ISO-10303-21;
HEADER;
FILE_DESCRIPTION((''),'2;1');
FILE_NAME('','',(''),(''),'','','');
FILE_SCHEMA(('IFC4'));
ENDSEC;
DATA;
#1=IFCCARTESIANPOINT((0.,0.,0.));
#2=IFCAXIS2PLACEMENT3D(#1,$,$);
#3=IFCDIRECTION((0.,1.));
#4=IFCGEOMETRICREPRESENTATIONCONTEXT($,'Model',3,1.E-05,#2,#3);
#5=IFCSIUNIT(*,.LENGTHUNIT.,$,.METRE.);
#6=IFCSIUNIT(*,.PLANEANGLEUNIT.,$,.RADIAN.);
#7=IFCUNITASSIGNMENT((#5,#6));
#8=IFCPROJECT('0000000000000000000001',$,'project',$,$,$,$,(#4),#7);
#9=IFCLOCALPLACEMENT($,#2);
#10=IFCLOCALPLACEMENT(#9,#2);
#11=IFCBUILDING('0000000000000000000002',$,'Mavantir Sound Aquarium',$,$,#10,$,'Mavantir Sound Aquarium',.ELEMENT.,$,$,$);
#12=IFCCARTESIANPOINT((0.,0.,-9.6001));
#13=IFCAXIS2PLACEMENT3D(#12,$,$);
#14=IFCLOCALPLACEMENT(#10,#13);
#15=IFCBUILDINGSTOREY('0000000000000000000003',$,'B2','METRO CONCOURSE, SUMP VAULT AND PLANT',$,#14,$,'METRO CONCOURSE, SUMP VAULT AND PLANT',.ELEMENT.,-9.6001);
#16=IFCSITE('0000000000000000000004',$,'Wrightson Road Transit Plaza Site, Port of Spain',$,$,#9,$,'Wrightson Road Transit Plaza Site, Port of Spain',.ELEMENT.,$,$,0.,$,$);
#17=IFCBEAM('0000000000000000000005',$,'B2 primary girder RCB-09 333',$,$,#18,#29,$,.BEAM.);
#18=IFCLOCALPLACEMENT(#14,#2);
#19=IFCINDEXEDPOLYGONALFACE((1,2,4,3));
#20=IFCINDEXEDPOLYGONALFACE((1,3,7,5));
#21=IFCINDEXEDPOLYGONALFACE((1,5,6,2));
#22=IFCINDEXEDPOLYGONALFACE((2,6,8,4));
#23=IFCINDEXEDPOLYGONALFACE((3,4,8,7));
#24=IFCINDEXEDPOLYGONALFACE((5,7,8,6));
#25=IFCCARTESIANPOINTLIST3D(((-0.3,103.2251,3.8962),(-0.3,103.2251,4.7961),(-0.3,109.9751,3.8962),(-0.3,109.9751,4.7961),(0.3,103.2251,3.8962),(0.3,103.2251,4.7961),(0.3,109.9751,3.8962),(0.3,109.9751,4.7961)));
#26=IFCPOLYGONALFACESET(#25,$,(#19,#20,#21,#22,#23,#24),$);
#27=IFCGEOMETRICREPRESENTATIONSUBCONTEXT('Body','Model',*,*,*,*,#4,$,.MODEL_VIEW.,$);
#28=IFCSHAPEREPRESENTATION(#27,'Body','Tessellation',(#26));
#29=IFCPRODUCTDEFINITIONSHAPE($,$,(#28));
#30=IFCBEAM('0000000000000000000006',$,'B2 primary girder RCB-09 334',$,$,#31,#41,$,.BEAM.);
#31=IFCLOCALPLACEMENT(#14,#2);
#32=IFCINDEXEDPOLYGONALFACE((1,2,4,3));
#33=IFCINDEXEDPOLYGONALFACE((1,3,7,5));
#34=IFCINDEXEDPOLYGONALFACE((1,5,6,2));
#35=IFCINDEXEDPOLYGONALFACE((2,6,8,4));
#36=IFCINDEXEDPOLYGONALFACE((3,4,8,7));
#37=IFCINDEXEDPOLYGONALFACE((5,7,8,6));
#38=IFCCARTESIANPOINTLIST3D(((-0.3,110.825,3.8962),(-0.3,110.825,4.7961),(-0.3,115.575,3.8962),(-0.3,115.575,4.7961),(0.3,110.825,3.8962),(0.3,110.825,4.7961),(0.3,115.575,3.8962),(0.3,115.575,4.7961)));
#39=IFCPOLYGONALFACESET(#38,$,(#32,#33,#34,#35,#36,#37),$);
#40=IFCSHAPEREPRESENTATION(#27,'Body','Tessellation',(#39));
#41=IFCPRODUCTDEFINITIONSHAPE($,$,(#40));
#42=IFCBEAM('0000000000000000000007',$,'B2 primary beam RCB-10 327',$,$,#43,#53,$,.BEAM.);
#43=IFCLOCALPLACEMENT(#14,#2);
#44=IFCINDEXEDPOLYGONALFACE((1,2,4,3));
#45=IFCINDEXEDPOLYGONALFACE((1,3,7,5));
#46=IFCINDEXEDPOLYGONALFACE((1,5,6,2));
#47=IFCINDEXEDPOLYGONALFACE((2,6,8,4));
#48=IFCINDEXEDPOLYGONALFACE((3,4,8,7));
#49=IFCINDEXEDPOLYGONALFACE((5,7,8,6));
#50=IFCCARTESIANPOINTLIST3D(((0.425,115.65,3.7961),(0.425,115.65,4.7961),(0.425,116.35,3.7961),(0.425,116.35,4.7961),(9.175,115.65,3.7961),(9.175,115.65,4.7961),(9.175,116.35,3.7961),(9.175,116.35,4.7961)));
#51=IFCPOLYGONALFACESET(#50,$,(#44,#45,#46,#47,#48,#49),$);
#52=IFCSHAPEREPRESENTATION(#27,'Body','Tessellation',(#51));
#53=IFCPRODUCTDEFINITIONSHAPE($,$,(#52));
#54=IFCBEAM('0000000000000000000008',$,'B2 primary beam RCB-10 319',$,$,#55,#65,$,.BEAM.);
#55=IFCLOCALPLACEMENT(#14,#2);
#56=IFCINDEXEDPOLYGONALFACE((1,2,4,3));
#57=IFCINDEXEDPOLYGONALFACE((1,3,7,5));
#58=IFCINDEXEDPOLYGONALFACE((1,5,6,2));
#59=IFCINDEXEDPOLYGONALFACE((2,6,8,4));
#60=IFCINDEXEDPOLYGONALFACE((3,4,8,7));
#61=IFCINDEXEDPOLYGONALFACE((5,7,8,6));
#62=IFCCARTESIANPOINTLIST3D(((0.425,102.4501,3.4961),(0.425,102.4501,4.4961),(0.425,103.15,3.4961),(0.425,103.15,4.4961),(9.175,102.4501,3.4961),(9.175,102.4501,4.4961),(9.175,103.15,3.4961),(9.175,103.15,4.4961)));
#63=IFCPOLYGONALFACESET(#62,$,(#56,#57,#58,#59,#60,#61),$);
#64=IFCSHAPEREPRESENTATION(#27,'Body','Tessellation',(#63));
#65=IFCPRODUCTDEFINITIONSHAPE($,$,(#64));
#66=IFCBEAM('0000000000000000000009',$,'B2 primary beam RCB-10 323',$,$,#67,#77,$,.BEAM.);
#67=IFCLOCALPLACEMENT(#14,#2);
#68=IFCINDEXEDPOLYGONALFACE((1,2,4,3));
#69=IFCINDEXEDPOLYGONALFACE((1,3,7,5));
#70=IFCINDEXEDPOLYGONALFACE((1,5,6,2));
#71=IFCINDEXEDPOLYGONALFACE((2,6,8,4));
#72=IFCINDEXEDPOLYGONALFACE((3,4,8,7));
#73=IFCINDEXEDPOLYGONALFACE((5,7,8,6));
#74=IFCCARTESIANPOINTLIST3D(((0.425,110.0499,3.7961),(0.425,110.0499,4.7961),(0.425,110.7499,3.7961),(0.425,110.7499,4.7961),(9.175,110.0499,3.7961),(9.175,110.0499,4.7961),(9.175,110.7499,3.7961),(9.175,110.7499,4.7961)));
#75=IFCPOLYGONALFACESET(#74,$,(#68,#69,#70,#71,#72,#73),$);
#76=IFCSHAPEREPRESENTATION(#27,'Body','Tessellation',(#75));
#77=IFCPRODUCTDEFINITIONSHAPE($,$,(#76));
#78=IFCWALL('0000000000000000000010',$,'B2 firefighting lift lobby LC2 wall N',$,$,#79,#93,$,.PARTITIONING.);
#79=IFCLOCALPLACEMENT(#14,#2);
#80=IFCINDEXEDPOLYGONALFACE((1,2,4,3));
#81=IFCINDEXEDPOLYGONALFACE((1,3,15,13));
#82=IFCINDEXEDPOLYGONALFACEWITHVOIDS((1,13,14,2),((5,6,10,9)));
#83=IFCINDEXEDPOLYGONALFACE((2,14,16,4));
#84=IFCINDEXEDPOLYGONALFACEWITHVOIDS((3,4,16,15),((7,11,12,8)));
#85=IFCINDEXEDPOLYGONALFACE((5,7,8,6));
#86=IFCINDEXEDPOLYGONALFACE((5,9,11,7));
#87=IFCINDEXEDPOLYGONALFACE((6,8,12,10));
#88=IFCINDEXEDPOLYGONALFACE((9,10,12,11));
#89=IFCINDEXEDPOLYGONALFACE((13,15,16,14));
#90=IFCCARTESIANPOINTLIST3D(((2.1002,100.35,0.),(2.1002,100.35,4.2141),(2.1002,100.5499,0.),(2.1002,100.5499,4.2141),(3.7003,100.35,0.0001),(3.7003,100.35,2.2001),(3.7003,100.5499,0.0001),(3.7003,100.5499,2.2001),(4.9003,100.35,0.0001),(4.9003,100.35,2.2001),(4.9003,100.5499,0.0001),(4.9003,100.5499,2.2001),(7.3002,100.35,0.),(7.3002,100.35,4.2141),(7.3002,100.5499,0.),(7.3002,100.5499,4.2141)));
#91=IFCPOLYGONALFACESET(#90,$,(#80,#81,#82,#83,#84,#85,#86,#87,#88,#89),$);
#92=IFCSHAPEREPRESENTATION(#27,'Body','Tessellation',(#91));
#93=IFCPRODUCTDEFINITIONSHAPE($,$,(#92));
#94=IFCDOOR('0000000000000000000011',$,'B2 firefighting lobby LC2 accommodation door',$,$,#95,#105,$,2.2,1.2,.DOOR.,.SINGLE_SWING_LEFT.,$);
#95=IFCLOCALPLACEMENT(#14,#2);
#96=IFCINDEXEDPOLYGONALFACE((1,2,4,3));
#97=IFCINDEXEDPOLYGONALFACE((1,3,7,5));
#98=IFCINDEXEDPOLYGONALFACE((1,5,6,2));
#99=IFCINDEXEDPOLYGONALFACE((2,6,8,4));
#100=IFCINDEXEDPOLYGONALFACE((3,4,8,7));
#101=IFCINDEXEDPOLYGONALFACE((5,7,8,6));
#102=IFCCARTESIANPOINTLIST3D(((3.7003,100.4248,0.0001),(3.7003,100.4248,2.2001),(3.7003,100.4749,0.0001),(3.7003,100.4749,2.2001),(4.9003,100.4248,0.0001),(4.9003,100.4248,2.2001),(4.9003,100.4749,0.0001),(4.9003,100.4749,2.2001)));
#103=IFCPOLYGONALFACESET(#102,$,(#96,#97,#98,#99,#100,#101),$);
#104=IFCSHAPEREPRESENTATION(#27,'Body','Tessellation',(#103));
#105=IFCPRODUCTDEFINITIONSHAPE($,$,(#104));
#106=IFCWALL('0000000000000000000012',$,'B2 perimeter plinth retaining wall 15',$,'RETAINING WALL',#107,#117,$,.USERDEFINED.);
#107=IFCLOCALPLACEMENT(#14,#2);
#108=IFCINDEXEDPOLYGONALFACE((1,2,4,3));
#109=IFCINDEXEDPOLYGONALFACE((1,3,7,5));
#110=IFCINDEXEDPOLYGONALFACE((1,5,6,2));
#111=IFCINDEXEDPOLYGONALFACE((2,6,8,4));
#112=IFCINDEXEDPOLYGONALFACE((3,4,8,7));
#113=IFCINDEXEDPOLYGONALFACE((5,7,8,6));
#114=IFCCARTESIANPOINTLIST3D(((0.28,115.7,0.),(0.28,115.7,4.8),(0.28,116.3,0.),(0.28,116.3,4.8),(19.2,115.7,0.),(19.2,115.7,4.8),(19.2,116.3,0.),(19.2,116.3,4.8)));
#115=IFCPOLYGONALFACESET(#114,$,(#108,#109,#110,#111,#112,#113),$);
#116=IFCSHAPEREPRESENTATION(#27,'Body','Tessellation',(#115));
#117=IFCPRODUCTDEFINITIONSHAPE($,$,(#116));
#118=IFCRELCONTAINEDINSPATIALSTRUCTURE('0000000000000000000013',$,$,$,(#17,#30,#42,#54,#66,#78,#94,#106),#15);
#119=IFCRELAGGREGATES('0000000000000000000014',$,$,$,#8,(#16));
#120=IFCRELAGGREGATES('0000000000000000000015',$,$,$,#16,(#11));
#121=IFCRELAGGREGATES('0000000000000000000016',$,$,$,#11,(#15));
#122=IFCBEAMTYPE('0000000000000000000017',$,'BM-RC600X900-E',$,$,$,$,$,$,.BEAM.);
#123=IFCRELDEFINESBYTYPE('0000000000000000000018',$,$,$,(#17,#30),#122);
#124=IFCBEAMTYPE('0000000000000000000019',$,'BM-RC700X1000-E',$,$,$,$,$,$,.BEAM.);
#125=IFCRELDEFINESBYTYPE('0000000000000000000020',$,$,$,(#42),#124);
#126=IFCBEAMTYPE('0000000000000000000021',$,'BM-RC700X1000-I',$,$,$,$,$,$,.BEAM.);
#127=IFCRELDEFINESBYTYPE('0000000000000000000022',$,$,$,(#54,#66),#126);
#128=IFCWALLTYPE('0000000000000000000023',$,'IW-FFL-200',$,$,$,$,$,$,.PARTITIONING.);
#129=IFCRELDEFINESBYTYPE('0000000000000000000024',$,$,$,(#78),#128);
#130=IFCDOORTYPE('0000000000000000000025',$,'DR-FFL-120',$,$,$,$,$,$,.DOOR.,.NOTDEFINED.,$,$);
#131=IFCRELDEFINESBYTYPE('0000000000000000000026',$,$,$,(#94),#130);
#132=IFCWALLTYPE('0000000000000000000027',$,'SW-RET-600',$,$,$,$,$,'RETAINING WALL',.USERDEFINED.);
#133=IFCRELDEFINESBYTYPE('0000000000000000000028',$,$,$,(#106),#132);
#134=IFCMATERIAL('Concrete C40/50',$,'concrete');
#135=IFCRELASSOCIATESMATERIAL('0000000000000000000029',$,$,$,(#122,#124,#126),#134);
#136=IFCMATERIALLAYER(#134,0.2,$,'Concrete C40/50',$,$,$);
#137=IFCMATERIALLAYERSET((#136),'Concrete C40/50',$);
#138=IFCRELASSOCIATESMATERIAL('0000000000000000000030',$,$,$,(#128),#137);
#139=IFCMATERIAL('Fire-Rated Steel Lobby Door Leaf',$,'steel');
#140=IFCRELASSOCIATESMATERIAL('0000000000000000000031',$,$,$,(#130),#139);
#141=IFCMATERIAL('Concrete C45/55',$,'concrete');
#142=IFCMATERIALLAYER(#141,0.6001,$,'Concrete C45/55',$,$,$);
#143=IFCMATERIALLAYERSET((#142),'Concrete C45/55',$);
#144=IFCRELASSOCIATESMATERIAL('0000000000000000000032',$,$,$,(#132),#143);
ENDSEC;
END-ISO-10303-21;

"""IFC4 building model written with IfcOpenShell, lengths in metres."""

from ifc_helpers import new_model, si_unit, direction, frame, frame_2d, origin, origin_2d, place, context, subcontext, project, spatial, rectangle, extrude, material, layer, layer_set, material_profile, profile_set, type_object, element, fill, save


model = new_model("IFC4")

# Units and contexts
model_context = context("Model", 3, precision=1e-05, world=origin(), true_north=direction((0.0, 1.0)))
body_context = subcontext(model_context, "Body", "Model", "MODEL_VIEW")
ifc_project = project(units=[si_unit("LENGTHUNIT", "METRE"), si_unit("PLANEANGLEUNIT", "RADIAN")], contexts=[model_context])

# Site, building, storey
site_placement = place(None, origin())
site = spatial("IfcSite", under=ifc_project, at=site_placement, Name="Wrightson Road Transit Plaza Site, Port of Spain", LongName="Wrightson Road Transit Plaza Site, Port of Spain", CompositionType="ELEMENT", RefElevation=0.0)
building_placement = place(site_placement, origin())
building = spatial("IfcBuilding", under=site, at=building_placement, Name="Mavantir Sound Aquarium", LongName="Mavantir Sound Aquarium", CompositionType="ELEMENT")
storey_placement = place(building_placement, frame((0.0, 0.0, -9.6001)))
storey = spatial("IfcBuildingStorey", under=building, at=storey_placement, Name="B2", Description="METRO CONCOURSE, SUMP VAULT AND PLANT", LongName="METRO CONCOURSE, SUMP VAULT AND PLANT", CompositionType="ELEMENT", Elevation=-9.6001)

# Shared definitions
ifc_material_1 = material(Name="Concrete C40/50", Category="concrete")

# Beams
ifc_material_profile_1 = material_profile(ifc_material_1, rectangle(XDim=0.6001, YDim=0.8999, at=origin_2d()), Name="RC 600X900")
ifc_profile_set_1 = profile_set([ifc_material_profile_1], Name="Concrete C40/50")
beam_type_1 = type_object("IfcBeamType", Name="BM-RC600X900-E", PredefinedType="BEAM", material=ifc_profile_set_1)
beam_1_placement = place(storey_placement, frame((0.0, 103.2251, 4.3462), z_axis=(0.0, 1.0, 0.0), x_axis=(-1.0, 0.0, 0.0)))
element("IfcBeam", 1, at=beam_1_placement, inside=storey, type_object=beam_type_1, Name="B2 primary girder RCB-09 333", PredefinedType="BEAM", context=body_context, shape_type="SweptSolid", body=[
    extrude(rectangle(XDim=0.6001, YDim=0.8999, at=origin_2d()), origin(), (0.0, 0.0, 1.0), 6.75),
])
beam_2_placement = place(storey_placement, frame((0.0, 110.825, 4.3462), z_axis=(0.0, 1.0, 0.0), x_axis=(-1.0, 0.0, 0.0)))
element("IfcBeam", 2, at=beam_2_placement, inside=storey, type_object=beam_type_1, Name="B2 primary girder RCB-09 334", PredefinedType="BEAM", context=body_context, shape_type="SweptSolid", body=[
    extrude(rectangle(XDim=0.6001, YDim=0.8999, at=origin_2d()), origin(), (0.0, 0.0, 1.0), 4.75),
])
ifc_material_profile_2 = material_profile(ifc_material_1, rectangle(XDim=0.7, YDim=1.0, at=origin_2d()), Name="RC 700X1000")
ifc_profile_set_2 = profile_set([ifc_material_profile_2], Name="Concrete C40/50")
beam_type_2 = type_object("IfcBeamType", Name="BM-RC700X1000-E", PredefinedType="BEAM", material=ifc_profile_set_2)
beam_3_placement = place(storey_placement, frame((0.425, 116.0, 4.2961), z_axis=(1.0, 0.0, 0.0), x_axis=(0.0, 1.0, 0.0)))
element("IfcBeam", 3, at=beam_3_placement, inside=storey, type_object=beam_type_2, Name="B2 primary beam RCB-10 327", PredefinedType="BEAM", context=body_context, shape_type="SweptSolid", body=[
    extrude(rectangle(XDim=0.7, YDim=1.0, at=origin_2d()), origin(), (0.0, 0.0, 1.0), 8.75),
])
ifc_material_profile_3 = material_profile(ifc_material_1, rectangle(XDim=0.7, YDim=1.0, at=origin_2d()), Name="RC 700X1000")
ifc_profile_set_3 = profile_set([ifc_material_profile_3], Name="Concrete C40/50")
beam_type_3 = type_object("IfcBeamType", Name="BM-RC700X1000-I", PredefinedType="BEAM", material=ifc_profile_set_3)
for number, where, z_axis, x_axis, name in (
    (4, (0.425, 102.8, 3.9961), (1.0, 0.0, 0.0), (0.0, 1.0, 0.0), "B2 primary beam RCB-10 319"),
    (5, (0.425, 110.3999, 4.2961), (1.0, 0.0, 0.0), (0.0, 1.0, 0.0), "B2 primary beam RCB-10 323"),
):
    element("IfcBeam", number, at=place(storey_placement, frame(where, z_axis=z_axis, x_axis=x_axis)), inside=storey, type_object=beam_type_3, Name=name, PredefinedType="BEAM", context=body_context, shape_type="SweptSolid", body=[
        extrude(rectangle(XDim=0.7, YDim=1.0, at=origin_2d()), origin(), (0.0, 0.0, 1.0), 8.75),
    ])

# Wall, opening, door
ifc_layer_1 = layer(ifc_material_1, 0.2, Name="Concrete C40/50")
ifc_layer_set_1 = layer_set([ifc_layer_1], Name="Concrete C40/50")
wall_type_1 = type_object("IfcWallType", Name="IW-FFL-200", PredefinedType="PARTITIONING", material=ifc_layer_set_1)
wall_1_placement = place(storey_placement, frame((2.1001, 100.45, 0.0), z_axis=(0.0, 0.0, 1.0), x_axis=(1.0, 0.0, 0.0)))
wall_1 = element("IfcWall", 6, at=wall_1_placement, inside=storey, type_object=wall_type_1, Name="B2 firefighting lift lobby LC2 wall N", PredefinedType="PARTITIONING", context=body_context, shape_type="SweptSolid", body=[
    extrude(rectangle(XDim=5.2, YDim=0.2, at=frame_2d((2.6001, 0.0))), origin(), (0.0, 0.0, 1.0), 4.2141),
])
opening_placement = place(wall_1_placement, frame((1.6001, 0.0, 0.0)))
opening = element("IfcOpeningElement", 7, at=opening_placement, cuts=wall_1, PredefinedType="OPENING", context=body_context, shape_type="SweptSolid", body=[
    extrude(rectangle(XDim=1.2, YDim=2.2, at=frame_2d((0.6001, 1.1001))), frame((0.0, 0.1099, 0.0), z_axis=(0.0, -1.0, 0.0), x_axis=(1.0, 0.0, 0.0)), (0.0, 0.0, 1.0), 0.22),
])
ifc_material_2 = material(Name="Fire-Rated Steel Lobby Door Leaf", Category="steel")
door_type = type_object("IfcDoorType", Name="DR-FFL-120", OperationType="NOTDEFINED", PredefinedType="DOOR", material=ifc_material_2)
door_placement = place(opening_placement, origin())
door = element("IfcDoor", 8, at=door_placement, inside=storey, type_object=door_type, Name="B2 firefighting lobby LC2 accommodation door", OperationType="SINGLE_SWING_LEFT", OverallHeight=2.2, OverallWidth=1.2, PredefinedType="DOOR", context=body_context, shape_type="SweptSolid", body=[
    extrude(rectangle(XDim=1.2, YDim=2.2, at=frame_2d((0.6001, 1.1001))), frame((0.0, 0.0249, 0.0), z_axis=(0.0, -1.0, 0.0), x_axis=(1.0, 0.0, 0.0)), (0.0, 0.0, 1.0), 0.05),
])
fill(opening, door)

# Wall
ifc_material_3 = material(Name="Concrete C45/55", Category="concrete")
ifc_layer_2 = layer(ifc_material_3, 0.6001, Name="Concrete C45/55")
ifc_layer_set_2 = layer_set([ifc_layer_2], Name="Concrete C45/55")
wall_type_2 = type_object("IfcWallType", Name="SW-RET-600", ElementType="RETAINING WALL", PredefinedType="USERDEFINED", material=ifc_layer_set_2)
wall_2_placement = place(storey_placement, frame((0.28, 116.0, 0.0), z_axis=(0.0, 0.0, 1.0), x_axis=(1.0, 0.0, 0.0)))
element("IfcWall", 9, at=wall_2_placement, inside=storey, type_object=wall_type_2, Name="B2 perimeter plinth retaining wall 15", ObjectType="RETAINING WALL", PredefinedType="USERDEFINED", context=body_context, shape_type="SweptSolid", body=[
    extrude(rectangle(XDim=18.9199, YDim=0.6001, at=frame_2d((9.46, 0.0))), origin(), (0.0, 0.0, 1.0), 4.8),
])

save(model, "model.ifc")
